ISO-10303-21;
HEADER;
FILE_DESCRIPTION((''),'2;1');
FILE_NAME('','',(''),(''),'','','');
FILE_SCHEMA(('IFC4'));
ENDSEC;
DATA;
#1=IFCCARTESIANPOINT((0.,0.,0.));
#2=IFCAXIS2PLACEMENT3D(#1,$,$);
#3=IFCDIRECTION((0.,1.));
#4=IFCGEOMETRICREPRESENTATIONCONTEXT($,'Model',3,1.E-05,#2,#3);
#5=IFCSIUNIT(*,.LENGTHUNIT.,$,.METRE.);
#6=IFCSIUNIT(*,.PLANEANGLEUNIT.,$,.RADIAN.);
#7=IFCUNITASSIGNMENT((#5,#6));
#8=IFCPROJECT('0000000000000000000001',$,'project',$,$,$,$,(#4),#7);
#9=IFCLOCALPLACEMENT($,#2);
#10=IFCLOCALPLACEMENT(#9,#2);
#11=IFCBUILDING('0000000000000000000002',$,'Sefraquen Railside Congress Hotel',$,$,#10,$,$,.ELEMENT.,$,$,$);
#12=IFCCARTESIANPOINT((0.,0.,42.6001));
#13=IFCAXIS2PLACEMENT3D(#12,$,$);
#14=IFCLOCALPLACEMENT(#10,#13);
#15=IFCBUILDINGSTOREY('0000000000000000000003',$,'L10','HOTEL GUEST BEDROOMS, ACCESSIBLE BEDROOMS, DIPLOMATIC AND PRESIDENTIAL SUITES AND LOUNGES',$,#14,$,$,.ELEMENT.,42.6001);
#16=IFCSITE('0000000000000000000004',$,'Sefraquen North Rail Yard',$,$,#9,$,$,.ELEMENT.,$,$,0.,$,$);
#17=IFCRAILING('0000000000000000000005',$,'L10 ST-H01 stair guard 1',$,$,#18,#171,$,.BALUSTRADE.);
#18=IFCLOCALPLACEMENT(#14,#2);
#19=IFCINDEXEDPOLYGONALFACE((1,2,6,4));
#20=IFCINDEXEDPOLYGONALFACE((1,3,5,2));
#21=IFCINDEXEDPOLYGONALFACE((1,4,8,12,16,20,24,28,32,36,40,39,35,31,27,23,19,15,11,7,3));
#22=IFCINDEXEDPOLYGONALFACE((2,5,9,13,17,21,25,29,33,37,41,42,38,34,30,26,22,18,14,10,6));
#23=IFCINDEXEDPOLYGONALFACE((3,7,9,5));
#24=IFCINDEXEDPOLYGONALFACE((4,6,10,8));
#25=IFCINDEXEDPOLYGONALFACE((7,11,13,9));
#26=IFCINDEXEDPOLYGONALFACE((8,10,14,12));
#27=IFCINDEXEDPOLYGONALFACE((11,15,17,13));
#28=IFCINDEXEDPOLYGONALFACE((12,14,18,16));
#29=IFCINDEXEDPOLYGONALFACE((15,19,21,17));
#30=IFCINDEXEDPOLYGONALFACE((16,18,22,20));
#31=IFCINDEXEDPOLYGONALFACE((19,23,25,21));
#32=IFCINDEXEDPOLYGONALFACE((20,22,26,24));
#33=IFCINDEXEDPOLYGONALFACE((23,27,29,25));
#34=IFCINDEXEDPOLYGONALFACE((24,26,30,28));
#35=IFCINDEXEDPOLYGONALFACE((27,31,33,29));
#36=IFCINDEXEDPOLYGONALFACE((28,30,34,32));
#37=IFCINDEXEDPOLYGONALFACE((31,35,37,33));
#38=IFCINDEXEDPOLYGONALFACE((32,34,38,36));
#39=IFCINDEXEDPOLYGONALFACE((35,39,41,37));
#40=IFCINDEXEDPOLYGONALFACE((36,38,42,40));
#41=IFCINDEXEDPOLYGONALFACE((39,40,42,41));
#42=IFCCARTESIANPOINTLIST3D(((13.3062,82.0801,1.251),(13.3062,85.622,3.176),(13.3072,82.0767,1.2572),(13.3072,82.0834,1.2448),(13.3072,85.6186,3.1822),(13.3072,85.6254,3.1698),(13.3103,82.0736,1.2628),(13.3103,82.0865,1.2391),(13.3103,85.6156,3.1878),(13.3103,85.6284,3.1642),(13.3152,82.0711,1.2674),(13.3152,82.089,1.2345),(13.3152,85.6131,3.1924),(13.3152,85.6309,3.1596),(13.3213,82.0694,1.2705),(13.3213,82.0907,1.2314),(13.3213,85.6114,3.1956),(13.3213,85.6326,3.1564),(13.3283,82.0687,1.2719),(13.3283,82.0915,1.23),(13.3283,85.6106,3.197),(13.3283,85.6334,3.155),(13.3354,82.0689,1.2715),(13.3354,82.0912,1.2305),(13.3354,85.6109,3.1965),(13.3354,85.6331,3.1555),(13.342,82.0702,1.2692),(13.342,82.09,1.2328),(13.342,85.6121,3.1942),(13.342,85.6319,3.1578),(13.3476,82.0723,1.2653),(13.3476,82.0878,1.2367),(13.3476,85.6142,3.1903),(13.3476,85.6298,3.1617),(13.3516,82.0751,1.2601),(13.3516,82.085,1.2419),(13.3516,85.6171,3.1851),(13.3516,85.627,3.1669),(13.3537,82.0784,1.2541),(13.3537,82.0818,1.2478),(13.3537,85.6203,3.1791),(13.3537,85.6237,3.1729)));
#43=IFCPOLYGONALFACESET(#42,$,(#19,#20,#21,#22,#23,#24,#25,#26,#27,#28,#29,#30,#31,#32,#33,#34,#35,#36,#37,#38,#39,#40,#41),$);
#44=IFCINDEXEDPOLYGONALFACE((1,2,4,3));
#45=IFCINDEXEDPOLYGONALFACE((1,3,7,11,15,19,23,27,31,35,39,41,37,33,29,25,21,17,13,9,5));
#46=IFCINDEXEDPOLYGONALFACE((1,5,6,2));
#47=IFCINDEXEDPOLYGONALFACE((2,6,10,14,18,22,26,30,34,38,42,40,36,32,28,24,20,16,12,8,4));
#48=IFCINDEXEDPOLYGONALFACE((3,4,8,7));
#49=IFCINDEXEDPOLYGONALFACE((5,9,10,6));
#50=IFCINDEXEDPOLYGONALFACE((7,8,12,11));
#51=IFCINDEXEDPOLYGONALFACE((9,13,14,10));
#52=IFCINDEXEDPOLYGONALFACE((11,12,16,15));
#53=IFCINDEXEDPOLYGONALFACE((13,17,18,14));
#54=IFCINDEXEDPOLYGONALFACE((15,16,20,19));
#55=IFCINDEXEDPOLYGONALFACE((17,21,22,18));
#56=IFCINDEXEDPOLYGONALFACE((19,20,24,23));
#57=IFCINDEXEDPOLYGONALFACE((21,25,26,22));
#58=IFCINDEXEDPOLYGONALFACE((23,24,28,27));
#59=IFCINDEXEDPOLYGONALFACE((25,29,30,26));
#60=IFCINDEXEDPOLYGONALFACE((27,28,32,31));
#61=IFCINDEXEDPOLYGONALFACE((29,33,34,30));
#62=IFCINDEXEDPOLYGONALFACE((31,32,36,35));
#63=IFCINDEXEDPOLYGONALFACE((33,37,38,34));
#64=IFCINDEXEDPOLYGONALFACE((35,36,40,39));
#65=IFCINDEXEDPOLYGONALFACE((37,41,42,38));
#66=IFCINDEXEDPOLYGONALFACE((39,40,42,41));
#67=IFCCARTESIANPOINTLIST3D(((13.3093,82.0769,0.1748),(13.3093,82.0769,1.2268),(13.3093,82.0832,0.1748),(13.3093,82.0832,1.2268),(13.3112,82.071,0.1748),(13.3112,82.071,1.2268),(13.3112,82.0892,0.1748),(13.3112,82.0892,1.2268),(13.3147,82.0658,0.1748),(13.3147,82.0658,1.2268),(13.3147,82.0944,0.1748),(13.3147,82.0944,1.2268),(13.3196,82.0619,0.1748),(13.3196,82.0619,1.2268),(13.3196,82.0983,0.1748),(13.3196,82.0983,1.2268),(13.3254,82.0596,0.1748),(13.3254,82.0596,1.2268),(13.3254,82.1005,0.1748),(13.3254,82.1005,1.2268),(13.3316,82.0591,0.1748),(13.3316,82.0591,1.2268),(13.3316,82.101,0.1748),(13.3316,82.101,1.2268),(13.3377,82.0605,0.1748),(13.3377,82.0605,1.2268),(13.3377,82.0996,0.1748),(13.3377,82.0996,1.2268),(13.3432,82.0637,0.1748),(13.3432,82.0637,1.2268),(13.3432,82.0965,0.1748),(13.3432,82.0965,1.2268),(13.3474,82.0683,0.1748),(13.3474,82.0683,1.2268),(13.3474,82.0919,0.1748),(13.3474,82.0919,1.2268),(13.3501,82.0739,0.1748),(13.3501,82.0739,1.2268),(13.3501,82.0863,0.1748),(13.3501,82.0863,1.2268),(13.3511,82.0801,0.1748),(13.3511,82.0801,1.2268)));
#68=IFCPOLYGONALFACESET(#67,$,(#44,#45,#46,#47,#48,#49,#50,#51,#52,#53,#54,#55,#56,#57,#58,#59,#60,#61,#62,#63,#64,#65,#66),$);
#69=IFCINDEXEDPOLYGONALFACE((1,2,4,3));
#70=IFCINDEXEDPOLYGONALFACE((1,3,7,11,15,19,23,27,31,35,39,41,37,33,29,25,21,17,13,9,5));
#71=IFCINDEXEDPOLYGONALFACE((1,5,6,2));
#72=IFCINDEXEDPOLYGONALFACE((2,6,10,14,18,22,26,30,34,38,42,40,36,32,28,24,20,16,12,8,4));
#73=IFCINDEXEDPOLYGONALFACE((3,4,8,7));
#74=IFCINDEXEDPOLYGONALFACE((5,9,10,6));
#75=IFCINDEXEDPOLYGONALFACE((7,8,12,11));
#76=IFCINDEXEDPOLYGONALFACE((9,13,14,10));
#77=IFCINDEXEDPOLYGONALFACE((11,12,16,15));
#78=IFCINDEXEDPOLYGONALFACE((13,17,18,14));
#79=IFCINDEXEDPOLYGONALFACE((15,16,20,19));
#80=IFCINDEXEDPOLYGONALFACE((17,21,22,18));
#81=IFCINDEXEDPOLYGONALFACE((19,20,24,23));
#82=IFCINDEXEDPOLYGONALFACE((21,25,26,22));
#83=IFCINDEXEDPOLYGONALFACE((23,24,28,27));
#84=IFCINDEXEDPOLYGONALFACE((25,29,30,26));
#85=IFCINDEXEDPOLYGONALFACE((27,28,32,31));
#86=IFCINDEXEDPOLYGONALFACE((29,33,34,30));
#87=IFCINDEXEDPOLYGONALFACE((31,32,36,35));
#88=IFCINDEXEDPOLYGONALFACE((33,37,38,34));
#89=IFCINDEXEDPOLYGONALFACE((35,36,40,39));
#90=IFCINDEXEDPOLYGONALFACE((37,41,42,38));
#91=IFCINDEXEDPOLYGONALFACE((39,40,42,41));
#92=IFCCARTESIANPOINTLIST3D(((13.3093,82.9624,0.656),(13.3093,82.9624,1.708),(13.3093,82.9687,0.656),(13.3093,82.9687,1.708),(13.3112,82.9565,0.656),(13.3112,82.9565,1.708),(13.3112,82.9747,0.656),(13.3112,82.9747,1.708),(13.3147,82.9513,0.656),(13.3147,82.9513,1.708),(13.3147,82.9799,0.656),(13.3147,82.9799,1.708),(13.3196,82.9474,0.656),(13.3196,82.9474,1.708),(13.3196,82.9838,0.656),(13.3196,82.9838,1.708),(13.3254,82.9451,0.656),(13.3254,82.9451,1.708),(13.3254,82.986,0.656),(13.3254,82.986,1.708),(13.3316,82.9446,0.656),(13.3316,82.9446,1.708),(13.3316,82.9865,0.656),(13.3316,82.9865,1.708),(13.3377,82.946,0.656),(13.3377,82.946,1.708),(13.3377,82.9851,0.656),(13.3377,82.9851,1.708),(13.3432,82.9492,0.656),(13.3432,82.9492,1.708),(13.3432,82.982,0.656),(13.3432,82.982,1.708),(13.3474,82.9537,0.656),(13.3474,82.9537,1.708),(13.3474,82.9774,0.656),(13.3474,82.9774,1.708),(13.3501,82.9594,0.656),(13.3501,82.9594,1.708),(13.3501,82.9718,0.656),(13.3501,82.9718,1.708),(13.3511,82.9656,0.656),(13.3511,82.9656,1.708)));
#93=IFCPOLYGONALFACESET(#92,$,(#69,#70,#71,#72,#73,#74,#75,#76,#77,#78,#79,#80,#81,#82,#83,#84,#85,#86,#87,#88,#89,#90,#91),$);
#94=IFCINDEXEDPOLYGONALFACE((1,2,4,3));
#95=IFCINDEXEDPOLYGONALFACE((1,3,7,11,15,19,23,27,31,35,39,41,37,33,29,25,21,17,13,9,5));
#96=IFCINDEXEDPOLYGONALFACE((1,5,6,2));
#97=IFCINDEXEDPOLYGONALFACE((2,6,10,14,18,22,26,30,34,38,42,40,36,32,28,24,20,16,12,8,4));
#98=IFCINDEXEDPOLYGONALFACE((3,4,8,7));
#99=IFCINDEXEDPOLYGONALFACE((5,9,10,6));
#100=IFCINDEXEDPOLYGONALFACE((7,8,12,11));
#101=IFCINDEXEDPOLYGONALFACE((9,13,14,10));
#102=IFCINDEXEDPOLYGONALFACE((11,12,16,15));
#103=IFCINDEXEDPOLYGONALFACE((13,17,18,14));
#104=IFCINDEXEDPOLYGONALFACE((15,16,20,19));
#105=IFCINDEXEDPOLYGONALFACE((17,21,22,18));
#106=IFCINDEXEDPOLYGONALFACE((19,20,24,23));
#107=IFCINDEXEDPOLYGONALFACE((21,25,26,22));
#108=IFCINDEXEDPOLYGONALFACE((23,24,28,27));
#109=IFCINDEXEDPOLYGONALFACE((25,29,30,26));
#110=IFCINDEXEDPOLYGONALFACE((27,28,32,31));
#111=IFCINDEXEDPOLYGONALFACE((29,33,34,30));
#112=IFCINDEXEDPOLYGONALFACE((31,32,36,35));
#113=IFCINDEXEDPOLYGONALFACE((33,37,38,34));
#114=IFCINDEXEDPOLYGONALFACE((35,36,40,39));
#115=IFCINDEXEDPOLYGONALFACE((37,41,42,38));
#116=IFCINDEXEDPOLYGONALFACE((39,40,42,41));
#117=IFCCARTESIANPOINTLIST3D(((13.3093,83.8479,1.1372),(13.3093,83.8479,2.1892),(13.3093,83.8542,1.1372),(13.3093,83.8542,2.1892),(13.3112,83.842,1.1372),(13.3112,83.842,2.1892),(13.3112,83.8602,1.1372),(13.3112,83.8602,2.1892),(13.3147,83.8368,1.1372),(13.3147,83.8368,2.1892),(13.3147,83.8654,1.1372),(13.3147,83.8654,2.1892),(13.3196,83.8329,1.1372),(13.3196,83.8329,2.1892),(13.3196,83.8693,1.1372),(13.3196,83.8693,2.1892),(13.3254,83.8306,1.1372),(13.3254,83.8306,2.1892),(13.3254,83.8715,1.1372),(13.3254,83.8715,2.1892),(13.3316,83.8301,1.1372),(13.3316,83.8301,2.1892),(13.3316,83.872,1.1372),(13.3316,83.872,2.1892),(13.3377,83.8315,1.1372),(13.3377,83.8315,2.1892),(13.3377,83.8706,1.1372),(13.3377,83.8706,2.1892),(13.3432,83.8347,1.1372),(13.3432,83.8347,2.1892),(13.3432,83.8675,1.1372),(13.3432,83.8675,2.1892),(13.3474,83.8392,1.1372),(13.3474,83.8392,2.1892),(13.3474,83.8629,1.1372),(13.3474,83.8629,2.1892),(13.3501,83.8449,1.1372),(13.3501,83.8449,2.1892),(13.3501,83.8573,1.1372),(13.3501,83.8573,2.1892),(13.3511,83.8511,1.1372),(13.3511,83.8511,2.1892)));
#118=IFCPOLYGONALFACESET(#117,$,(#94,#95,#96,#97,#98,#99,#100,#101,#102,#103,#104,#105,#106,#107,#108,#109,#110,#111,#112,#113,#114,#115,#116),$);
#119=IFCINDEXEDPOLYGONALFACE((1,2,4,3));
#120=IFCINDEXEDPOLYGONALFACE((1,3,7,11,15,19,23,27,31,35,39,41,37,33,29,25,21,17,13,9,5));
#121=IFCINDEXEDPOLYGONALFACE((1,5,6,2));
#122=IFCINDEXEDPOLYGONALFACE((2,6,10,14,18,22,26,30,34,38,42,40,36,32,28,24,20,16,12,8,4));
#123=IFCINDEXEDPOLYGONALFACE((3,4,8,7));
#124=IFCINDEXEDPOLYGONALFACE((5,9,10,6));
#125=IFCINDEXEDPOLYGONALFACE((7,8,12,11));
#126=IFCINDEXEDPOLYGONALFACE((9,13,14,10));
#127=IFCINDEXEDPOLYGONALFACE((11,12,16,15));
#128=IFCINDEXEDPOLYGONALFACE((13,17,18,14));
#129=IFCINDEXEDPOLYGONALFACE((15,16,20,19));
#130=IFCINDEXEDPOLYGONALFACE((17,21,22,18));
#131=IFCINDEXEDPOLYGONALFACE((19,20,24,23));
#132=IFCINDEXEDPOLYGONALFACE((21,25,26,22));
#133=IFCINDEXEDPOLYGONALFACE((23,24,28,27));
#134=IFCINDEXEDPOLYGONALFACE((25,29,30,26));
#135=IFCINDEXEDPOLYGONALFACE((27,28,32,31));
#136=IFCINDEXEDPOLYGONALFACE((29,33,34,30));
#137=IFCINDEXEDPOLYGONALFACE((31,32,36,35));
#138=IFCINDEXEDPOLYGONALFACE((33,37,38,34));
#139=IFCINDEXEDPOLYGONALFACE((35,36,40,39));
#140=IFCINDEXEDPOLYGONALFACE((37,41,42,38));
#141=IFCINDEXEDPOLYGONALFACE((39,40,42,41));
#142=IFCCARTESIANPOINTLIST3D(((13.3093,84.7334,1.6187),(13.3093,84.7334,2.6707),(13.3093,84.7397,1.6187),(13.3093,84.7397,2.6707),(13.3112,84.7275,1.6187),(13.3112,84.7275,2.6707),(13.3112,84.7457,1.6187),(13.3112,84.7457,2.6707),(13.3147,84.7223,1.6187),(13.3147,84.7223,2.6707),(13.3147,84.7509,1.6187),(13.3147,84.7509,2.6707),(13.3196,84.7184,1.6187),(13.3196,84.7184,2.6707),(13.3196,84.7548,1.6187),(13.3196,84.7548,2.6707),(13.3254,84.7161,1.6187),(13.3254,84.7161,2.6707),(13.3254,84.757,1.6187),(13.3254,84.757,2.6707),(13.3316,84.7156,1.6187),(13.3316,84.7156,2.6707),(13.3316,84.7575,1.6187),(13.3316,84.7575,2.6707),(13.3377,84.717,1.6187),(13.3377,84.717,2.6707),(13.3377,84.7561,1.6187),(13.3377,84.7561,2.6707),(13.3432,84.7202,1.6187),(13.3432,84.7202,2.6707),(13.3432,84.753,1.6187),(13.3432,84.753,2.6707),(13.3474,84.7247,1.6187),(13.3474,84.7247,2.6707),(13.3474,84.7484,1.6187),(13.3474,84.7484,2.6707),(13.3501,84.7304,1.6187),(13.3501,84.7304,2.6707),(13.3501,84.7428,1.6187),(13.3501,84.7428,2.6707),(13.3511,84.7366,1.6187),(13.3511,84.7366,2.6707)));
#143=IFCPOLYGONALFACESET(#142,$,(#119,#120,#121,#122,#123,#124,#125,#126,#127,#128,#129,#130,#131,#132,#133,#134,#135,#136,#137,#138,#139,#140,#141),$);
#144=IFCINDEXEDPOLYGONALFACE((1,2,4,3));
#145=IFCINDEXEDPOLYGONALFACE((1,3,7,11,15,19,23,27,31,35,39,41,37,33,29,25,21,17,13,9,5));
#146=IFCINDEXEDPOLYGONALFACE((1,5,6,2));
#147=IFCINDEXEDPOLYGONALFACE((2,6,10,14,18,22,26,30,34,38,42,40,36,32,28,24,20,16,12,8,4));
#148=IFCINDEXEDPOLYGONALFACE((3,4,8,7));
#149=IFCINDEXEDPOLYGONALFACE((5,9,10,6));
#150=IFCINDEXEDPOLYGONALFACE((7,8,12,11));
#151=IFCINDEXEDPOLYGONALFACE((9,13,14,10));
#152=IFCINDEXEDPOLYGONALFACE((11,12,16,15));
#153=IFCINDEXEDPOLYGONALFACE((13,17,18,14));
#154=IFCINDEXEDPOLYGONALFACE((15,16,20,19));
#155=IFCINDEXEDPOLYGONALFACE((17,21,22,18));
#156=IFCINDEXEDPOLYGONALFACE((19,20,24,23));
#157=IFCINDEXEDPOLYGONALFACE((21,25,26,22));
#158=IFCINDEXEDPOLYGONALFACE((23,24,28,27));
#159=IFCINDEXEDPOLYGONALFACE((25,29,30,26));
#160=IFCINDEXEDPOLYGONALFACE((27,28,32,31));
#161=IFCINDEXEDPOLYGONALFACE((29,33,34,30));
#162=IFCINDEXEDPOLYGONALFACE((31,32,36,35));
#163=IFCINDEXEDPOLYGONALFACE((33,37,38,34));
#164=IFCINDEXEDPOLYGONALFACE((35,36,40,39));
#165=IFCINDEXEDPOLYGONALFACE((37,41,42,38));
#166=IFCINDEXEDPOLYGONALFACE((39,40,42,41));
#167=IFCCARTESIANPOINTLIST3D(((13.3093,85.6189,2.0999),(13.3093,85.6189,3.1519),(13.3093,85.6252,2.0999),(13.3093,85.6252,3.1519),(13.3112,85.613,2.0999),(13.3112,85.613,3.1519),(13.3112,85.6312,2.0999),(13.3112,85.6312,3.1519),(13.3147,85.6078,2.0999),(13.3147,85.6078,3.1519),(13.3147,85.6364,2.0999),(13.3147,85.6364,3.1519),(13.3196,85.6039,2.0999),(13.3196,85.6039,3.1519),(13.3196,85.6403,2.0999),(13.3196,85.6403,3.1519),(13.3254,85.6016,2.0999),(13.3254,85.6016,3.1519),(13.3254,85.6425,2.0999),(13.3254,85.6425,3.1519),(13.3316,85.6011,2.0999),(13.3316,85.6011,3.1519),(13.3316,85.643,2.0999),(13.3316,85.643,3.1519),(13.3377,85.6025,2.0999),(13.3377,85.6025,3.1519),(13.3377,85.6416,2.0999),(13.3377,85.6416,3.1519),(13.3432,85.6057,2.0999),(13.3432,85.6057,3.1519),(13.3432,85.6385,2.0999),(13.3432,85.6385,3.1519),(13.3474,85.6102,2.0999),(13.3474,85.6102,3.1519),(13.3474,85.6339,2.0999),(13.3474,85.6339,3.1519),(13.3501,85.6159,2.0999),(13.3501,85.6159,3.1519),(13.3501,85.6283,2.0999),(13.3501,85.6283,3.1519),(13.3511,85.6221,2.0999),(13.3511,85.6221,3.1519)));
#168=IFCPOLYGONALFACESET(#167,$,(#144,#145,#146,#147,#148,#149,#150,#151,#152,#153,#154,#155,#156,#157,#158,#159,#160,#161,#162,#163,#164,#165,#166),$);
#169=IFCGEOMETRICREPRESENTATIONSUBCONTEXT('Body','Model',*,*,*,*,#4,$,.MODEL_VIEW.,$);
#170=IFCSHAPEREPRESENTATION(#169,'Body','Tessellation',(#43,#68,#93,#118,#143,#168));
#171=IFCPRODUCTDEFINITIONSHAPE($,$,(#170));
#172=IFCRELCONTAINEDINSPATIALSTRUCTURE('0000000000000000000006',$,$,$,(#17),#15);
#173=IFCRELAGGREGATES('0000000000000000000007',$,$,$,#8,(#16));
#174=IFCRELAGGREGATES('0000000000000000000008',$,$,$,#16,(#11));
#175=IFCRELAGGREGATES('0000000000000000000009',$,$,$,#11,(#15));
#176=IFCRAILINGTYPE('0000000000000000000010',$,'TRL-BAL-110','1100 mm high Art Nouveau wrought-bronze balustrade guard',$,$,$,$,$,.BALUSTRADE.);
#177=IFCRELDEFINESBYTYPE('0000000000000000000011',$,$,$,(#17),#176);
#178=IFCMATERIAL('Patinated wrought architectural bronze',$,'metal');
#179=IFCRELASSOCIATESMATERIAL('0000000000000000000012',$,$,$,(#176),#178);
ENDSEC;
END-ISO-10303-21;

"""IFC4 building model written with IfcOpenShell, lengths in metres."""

from ifc_helpers import new_model, si_unit, direction, frame, origin, origin_2d, place, context, subcontext, project, spatial, circle, extrude, material, type_object, element, save


model = new_model("IFC4")

# Units and contexts
model_context = context("Model", 3, precision=1e-05, world=origin(), true_north=direction((0.0, 1.0)))
body_context = subcontext(model_context, "Body", "Model", "MODEL_VIEW")
ifc_project = project(units=[si_unit("LENGTHUNIT", "METRE"), si_unit("PLANEANGLEUNIT", "RADIAN")], contexts=[model_context])

# Site, building, storey
site_placement = place(None, origin())
site = spatial("IfcSite", under=ifc_project, at=site_placement, Name="Sefraquen North Rail Yard", CompositionType="ELEMENT", RefElevation=0.0)
building_placement = place(site_placement, origin())
building = spatial("IfcBuilding", under=site, at=building_placement, Name="Sefraquen Railside Congress Hotel", CompositionType="ELEMENT")
storey_placement = place(building_placement, frame((0.0, 0.0, 42.6001)))
storey = spatial("IfcBuildingStorey", under=building, at=storey_placement, Name="L10", Description="HOTEL GUEST BEDROOMS, ACCESSIBLE BEDROOMS, DIPLOMATIC AND PRESIDENTIAL SUITES AND LOUNGES", CompositionType="ELEMENT", Elevation=42.6001)

# Railing
ifc_material_1 = material(Name="Patinated wrought architectural bronze", Category="metal")
railing_type_1 = type_object("IfcRailingType", Name="TRL-BAL-110", Description="1100 mm high Art Nouveau wrought-bronze balustrade guard", PredefinedType="BALUSTRADE", material=ifc_material_1)
railing_1_placement = place(storey_placement, frame((13.3301, 82.0801, 0.1748)))
element("IfcRailing", 1, at=railing_1_placement, inside=storey, type_object=railing_type_1, Name="L10 ST-H01 stair guard 1", PredefinedType="BALUSTRADE", context=body_context, shape_type="SweptSolid", body=[
    extrude(circle(Radius=0.0239, at=origin_2d()), frame((0.0, 0.0, 1.0762), z_axis=(0.0, 0.878619, 0.477523), x_axis=(-1.0, 0.0, 0.0)), (0.0, 0.0, 1.0), 4.0312),
    extrude(circle(Radius=0.021, at=origin_2d()), origin(), (0.0, 0.0, 1.0), 1.052),
    extrude(circle(Radius=0.021, at=origin_2d()), frame((0.0, 0.8855, 0.4812)), (0.0, 0.0, 1.0), 1.052),
    extrude(circle(Radius=0.021, at=origin_2d()), frame((0.0, 1.771, 0.9624)), (0.0, 0.0, 1.0), 1.052),
    extrude(circle(Radius=0.021, at=origin_2d()), frame((0.0, 2.6565, 1.4438)), (0.0, 0.0, 1.0), 1.052),
    extrude(circle(Radius=0.021, at=origin_2d()), frame((0.0, 3.542, 1.925)), (0.0, 0.0, 1.0), 1.052),
])

save(model, "model.ifc")
